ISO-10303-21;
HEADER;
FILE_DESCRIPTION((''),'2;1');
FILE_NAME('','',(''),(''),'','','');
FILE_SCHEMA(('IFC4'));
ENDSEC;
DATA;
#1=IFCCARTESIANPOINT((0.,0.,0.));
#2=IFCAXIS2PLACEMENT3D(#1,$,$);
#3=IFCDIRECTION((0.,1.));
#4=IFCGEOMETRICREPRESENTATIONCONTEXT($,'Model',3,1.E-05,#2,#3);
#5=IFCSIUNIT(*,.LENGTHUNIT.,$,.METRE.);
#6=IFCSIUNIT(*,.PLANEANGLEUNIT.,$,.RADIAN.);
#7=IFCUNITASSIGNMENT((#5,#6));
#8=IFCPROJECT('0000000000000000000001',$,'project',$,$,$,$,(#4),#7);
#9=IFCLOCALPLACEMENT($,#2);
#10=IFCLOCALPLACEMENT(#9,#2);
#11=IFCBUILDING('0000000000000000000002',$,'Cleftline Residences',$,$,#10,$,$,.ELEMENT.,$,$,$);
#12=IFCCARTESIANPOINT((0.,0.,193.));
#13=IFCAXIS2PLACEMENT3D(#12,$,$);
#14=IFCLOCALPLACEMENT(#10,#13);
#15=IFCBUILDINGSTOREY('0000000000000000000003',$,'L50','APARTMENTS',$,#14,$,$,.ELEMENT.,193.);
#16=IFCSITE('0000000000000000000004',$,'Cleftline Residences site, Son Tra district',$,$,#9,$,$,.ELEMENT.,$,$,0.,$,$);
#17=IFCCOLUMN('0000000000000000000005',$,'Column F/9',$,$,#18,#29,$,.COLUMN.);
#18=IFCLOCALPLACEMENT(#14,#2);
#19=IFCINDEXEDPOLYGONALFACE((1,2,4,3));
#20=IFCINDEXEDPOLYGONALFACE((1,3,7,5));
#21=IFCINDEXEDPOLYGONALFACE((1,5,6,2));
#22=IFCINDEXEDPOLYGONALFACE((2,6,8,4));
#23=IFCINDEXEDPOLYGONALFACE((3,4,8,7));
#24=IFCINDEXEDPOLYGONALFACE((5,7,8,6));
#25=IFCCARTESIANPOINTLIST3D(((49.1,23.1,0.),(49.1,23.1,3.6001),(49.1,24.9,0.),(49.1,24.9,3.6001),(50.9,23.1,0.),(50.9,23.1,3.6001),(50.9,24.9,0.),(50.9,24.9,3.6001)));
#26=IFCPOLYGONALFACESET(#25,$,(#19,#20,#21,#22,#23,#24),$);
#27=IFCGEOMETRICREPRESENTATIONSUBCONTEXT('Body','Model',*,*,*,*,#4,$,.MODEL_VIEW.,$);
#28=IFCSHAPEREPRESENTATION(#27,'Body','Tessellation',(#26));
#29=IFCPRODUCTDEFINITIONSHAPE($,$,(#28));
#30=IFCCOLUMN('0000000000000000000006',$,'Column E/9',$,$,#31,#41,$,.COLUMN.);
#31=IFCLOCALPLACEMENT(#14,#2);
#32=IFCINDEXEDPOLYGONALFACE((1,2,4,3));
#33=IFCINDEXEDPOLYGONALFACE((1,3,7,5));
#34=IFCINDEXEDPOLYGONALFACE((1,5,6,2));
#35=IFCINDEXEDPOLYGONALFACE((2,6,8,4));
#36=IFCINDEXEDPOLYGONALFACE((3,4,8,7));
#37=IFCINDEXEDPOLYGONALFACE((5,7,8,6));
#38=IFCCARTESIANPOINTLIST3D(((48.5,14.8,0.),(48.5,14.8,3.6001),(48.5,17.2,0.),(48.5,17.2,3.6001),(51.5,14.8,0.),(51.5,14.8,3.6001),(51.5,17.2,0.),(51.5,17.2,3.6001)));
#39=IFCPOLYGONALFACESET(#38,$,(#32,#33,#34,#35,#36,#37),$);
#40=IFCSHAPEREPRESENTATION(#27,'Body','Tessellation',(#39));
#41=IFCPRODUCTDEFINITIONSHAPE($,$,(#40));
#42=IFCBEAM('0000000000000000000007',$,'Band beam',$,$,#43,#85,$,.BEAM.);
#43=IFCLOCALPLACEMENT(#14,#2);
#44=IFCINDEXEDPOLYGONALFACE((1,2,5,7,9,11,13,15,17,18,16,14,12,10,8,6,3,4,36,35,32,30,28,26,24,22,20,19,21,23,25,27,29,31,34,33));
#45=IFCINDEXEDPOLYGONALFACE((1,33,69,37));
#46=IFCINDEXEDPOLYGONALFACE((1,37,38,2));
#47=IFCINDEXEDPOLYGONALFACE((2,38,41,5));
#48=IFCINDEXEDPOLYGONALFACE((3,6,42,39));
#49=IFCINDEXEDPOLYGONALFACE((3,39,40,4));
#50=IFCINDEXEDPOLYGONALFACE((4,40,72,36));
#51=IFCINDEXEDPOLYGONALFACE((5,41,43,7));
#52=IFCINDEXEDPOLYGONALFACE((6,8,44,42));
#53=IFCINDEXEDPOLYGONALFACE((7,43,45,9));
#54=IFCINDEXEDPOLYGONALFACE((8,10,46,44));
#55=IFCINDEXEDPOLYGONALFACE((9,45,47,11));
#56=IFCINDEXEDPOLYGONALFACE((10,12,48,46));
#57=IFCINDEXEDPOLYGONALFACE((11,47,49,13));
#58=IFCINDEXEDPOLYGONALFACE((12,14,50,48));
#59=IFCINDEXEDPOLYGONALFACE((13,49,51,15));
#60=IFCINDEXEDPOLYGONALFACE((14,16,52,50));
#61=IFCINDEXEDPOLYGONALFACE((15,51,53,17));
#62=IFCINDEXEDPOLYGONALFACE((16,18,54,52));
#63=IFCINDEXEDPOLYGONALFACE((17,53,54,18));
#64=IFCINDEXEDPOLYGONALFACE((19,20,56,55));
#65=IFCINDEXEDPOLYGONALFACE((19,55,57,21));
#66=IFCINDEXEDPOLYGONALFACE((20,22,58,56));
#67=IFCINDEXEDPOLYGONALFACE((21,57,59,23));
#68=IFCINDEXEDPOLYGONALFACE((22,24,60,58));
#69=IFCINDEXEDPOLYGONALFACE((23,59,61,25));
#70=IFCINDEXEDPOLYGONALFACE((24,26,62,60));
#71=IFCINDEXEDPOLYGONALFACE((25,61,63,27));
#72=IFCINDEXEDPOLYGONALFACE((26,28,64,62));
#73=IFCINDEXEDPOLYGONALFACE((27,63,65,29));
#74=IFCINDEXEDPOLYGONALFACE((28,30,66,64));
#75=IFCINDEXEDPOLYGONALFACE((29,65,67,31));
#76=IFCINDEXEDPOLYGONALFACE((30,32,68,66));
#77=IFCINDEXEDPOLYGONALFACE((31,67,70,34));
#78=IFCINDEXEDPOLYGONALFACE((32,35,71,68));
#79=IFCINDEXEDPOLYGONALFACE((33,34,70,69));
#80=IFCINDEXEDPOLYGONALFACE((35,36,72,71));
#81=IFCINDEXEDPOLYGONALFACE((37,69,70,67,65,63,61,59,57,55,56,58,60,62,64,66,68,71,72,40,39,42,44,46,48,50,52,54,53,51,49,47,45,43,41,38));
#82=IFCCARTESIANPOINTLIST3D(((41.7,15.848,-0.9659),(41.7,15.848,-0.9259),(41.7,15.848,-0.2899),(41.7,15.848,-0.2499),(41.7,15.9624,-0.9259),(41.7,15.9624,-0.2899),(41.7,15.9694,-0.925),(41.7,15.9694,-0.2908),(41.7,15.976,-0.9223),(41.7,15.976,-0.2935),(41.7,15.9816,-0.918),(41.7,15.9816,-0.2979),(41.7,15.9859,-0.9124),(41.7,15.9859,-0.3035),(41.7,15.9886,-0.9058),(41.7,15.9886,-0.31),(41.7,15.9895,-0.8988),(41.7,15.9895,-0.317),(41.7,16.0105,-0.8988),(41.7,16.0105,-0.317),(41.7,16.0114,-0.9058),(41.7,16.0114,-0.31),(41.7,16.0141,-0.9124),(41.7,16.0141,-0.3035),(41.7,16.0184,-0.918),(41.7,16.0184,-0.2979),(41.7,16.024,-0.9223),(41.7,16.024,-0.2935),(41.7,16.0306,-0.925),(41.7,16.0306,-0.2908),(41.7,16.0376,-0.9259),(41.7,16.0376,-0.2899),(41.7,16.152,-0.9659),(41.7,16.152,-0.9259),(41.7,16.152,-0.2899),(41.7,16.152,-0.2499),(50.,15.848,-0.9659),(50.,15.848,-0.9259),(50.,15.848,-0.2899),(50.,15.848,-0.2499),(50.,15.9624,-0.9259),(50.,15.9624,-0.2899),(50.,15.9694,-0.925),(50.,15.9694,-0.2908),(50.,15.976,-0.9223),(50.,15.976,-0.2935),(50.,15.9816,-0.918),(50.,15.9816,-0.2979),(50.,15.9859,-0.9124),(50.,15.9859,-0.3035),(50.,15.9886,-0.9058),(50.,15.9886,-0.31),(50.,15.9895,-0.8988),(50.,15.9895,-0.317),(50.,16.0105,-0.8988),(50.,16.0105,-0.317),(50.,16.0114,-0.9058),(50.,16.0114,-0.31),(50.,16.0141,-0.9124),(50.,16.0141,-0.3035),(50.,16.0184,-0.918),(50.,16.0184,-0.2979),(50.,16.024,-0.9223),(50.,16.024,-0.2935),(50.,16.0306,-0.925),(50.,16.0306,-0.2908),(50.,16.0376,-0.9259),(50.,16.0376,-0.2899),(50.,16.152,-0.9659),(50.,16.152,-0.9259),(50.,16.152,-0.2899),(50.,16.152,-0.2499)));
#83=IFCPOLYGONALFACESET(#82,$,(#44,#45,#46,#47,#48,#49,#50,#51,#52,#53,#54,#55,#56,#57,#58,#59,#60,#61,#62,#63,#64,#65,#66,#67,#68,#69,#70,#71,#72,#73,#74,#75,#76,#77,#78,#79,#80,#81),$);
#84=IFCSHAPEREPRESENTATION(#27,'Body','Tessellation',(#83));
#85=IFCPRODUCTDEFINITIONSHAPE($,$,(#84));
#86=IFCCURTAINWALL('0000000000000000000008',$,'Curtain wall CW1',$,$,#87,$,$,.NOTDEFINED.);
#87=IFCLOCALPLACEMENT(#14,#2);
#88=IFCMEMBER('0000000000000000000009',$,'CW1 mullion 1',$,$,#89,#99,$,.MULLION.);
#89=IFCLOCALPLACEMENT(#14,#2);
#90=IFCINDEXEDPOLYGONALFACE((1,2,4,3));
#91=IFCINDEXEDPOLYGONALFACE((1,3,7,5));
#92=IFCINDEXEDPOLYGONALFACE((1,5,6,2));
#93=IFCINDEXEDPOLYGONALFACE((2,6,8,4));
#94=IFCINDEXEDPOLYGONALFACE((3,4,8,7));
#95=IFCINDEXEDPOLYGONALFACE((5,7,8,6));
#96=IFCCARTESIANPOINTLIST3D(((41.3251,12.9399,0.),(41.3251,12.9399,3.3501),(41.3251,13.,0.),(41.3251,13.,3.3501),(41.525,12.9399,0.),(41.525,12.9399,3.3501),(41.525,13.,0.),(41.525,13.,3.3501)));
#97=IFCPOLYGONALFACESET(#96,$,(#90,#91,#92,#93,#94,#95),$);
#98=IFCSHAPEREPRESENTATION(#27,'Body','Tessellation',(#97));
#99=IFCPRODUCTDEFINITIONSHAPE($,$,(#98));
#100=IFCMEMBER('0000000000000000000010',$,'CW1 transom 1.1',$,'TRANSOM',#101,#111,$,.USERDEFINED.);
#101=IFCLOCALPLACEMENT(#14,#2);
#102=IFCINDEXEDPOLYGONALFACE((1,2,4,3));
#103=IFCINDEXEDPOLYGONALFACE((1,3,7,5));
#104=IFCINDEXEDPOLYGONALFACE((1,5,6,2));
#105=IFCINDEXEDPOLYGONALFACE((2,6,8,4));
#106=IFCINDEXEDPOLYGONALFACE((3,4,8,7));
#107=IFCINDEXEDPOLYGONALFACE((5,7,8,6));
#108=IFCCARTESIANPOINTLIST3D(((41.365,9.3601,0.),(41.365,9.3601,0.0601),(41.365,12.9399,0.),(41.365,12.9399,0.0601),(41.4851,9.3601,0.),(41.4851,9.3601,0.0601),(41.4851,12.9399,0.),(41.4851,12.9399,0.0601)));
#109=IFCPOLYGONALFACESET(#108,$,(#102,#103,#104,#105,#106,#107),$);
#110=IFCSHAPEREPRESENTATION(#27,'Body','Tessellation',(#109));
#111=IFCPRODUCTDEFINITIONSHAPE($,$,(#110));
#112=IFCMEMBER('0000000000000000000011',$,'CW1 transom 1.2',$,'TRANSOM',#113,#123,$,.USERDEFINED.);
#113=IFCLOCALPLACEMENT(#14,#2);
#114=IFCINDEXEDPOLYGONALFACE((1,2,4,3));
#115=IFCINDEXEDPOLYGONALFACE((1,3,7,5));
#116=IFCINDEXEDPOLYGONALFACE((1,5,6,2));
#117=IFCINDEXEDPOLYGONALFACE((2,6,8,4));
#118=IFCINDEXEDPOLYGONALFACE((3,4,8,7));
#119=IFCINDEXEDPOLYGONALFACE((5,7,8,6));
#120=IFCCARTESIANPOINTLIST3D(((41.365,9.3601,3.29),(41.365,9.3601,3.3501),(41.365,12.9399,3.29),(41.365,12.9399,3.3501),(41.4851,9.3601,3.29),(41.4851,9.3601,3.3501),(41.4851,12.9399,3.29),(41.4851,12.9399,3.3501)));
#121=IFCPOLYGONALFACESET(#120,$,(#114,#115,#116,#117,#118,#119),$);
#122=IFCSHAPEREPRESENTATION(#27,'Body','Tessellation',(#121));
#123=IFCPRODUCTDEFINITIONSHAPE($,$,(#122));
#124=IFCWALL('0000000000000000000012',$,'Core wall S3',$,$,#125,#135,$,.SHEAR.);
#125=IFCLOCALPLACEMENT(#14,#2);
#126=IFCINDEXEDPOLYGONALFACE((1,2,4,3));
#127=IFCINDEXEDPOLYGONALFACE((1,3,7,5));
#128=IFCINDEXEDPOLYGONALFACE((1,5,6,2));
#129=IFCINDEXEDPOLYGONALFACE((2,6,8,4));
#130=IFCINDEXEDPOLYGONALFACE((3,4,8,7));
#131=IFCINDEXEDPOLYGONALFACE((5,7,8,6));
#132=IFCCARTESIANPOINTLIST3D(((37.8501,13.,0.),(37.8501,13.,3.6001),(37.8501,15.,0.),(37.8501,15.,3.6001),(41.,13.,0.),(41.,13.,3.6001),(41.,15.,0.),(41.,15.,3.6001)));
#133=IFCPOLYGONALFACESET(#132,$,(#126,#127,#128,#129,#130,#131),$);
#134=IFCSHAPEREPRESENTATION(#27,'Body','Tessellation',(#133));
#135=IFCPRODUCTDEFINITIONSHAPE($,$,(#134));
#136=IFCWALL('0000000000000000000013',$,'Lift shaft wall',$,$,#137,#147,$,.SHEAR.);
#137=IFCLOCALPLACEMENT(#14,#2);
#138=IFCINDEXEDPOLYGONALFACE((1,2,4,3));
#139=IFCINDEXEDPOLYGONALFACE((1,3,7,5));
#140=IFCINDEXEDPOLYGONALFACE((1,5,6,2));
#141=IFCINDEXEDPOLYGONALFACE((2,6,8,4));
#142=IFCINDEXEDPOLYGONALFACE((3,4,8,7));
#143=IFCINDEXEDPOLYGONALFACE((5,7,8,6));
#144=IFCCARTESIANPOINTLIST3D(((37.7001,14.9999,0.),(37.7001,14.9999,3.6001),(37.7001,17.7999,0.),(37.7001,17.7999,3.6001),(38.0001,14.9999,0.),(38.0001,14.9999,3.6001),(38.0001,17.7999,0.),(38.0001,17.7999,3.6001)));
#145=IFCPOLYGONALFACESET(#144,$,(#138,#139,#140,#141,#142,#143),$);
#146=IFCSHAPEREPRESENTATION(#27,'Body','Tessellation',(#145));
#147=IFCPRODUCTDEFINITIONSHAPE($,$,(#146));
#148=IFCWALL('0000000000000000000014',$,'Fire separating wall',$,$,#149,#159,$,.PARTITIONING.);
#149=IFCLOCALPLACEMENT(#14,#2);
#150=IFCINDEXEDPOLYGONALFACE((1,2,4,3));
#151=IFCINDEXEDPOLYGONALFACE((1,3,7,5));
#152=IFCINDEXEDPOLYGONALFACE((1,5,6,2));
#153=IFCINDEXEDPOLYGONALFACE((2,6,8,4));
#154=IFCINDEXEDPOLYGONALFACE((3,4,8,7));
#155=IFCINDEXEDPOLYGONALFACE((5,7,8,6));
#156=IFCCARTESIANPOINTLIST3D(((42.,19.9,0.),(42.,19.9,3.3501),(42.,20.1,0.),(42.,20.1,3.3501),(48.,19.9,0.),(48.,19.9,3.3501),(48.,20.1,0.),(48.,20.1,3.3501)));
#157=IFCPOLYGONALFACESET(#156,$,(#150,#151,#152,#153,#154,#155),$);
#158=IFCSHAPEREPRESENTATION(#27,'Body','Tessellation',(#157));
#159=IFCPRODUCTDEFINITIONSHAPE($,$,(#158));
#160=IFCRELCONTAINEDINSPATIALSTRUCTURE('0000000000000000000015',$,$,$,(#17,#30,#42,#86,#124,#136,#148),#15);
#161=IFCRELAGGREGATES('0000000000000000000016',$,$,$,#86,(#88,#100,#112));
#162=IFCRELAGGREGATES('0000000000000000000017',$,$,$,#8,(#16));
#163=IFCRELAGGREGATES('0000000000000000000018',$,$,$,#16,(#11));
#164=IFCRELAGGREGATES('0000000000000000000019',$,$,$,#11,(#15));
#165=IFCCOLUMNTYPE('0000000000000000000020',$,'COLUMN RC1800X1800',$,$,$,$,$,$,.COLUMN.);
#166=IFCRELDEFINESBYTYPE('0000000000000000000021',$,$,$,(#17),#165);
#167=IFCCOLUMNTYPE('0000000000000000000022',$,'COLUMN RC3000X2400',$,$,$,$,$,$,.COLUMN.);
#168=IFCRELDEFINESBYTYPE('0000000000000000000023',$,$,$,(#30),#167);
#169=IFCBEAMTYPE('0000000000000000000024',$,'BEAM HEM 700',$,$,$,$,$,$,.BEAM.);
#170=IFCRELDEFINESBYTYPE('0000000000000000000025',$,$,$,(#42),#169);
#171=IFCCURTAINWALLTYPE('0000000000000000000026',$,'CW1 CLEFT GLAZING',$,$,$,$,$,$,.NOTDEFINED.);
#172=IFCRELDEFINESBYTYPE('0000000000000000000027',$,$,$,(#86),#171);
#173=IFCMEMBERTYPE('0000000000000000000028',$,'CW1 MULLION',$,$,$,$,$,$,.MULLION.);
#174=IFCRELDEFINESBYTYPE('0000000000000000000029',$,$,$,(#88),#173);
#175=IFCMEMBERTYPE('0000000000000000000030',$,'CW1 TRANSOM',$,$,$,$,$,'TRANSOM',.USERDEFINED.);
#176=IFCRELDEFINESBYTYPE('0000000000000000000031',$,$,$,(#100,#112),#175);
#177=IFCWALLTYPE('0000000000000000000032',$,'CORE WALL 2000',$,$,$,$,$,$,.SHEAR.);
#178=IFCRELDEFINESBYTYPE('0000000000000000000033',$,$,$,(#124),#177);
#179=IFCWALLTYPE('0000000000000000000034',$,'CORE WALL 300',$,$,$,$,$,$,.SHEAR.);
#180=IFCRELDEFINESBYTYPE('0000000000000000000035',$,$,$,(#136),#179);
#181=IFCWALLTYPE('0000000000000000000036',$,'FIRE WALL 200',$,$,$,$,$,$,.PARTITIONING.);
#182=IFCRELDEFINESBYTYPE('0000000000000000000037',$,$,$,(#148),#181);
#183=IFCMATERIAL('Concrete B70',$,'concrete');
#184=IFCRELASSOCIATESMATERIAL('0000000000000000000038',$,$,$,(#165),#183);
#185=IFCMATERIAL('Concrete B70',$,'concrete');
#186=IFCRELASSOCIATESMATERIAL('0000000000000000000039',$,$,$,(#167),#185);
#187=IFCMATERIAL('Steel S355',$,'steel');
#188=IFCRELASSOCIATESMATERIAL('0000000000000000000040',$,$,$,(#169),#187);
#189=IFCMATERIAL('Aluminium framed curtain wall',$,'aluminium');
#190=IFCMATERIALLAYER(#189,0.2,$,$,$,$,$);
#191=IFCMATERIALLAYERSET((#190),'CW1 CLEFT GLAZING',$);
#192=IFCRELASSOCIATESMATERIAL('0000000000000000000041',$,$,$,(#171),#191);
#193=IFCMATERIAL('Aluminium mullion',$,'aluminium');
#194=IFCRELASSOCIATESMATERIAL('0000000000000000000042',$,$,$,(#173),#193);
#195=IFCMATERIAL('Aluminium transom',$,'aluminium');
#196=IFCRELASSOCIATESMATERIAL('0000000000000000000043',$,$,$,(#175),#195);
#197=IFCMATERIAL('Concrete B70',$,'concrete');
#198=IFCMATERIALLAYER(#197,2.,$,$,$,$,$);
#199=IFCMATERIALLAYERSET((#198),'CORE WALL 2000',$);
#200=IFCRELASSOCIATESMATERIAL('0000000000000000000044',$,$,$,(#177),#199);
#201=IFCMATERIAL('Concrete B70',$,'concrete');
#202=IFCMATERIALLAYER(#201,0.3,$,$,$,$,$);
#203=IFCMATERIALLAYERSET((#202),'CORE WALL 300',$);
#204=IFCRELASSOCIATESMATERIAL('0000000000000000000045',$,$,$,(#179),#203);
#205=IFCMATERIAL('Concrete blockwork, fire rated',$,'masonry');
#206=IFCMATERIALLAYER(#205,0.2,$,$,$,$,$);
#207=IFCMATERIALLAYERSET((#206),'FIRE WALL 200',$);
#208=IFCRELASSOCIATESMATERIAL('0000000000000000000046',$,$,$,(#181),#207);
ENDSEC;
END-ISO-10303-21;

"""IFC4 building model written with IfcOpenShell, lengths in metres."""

from ifc_helpers import new_model, si_unit, direction, frame, frame_2d, origin, origin_2d, place, context, subcontext, project, spatial, rectangle, i_section, extrude, material, layer, layer_set, material_profile, profile_set, type_object, element, aggregate, save


model = new_model("IFC4")

# Units and contexts
model_context = context("Model", 3, precision=1e-05, world=origin(), true_north=direction((0.0, 1.0)))
body_context = subcontext(model_context, "Body", "Model", "MODEL_VIEW")
ifc_project = project(units=[si_unit("LENGTHUNIT", "METRE"), si_unit("PLANEANGLEUNIT", "RADIAN")], contexts=[model_context])

# Site, building, storey
site_placement = place(None, origin())
site = spatial("IfcSite", under=ifc_project, at=site_placement, Name="Cleftline Residences site, Son Tra district", CompositionType="ELEMENT", RefElevation=0.0)
building_placement = place(site_placement, origin())
building = spatial("IfcBuilding", under=site, at=building_placement, Name="Cleftline Residences", CompositionType="ELEMENT")
storey_placement = place(building_placement, frame((0.0, 0.0, 193.0)))
storey = spatial("IfcBuildingStorey", under=building, at=storey_placement, Name="L50", Description="APARTMENTS", CompositionType="ELEMENT", Elevation=193.0)

# Columns
ifc_material_1 = material(Name="Concrete B70", Category="concrete")
ifc_material_profile_1 = material_profile(ifc_material_1, rectangle(XDim=1.8, YDim=1.8, at=origin_2d()))
ifc_profile_set_1 = profile_set([ifc_material_profile_1], Name="Concrete B70")
column_type_1 = type_object("IfcColumnType", Name="COLUMN RC1800X1800", PredefinedType="COLUMN", material=ifc_profile_set_1)
column_1_placement = place(storey_placement, frame((50.0, 24.0, 0.0), z_axis=(0.0, 0.0, 1.0), x_axis=(1.0, 0.0, 0.0)))
element("IfcColumn", 1, at=column_1_placement, inside=storey, type_object=column_type_1, Name="Column F/9", PredefinedType="COLUMN", context=body_context, shape_type="SweptSolid", body=[
    extrude(rectangle(XDim=1.8, YDim=1.8, at=origin_2d()), origin(), (0.0, 0.0, 1.0), 3.6001),
])
ifc_material_2 = material(Name="Concrete B70", Category="concrete")
ifc_material_profile_2 = material_profile(ifc_material_2, rectangle(XDim=3.0, YDim=2.3999, at=origin_2d()))
ifc_profile_set_2 = profile_set([ifc_material_profile_2], Name="Concrete B70")
column_type_2 = type_object("IfcColumnType", Name="COLUMN RC3000X2400", PredefinedType="COLUMN", material=ifc_profile_set_2)
column_2_placement = place(storey_placement, frame((50.0, 16.0, 0.0), z_axis=(0.0, 0.0, 1.0), x_axis=(1.0, 0.0, 0.0)))
element("IfcColumn", 2, at=column_2_placement, inside=storey, type_object=column_type_2, Name="Column E/9", PredefinedType="COLUMN", context=body_context, shape_type="SweptSolid", body=[
    extrude(rectangle(XDim=3.0, YDim=2.3999, at=origin_2d()), origin(), (0.0, 0.0, 1.0), 3.6001),
])

# Beam
ifc_material_3 = material(Name="Steel S355", Category="steel")
ifc_material_profile_3 = material_profile(ifc_material_3, i_section(OverallWidth=0.304, OverallDepth=0.7161, WebThickness=0.021, FlangeThickness=0.04, FilletRadius=0.0271, at=origin_2d()))
ifc_profile_set_3 = profile_set([ifc_material_profile_3], Name="Steel S355")
beam_type = type_object("IfcBeamType", Name="BEAM HEM 700", PredefinedType="BEAM", material=ifc_profile_set_3)
beam_placement = place(storey_placement, frame((50.0, 16.0, -0.6079), z_axis=(-1.0, 0.0, 0.0), x_axis=(0.0, -1.0, 0.0)))
element("IfcBeam", 3, at=beam_placement, inside=storey, type_object=beam_type, Name="Band beam", PredefinedType="BEAM", context=body_context, shape_type="SweptSolid", body=[
    extrude(i_section(OverallWidth=0.304, OverallDepth=0.7161, WebThickness=0.021, FlangeThickness=0.04, FilletRadius=0.0271, at=origin_2d()), origin(), (0.0, 0.0, 1.0), 8.3),
])

# Curtain wall, members
ifc_material_4 = material(Name="Aluminium framed curtain wall", Category="aluminium")
ifc_layer_1 = layer(ifc_material_4, 0.2)
ifc_layer_set_1 = layer_set([ifc_layer_1], Name="CW1 CLEFT GLAZING")
curtain_wall_type = type_object("IfcCurtainWallType", Name="CW1 CLEFT GLAZING", PredefinedType="NOTDEFINED", material=ifc_layer_set_1)
curtain_wall_placement = place(storey_placement, origin())
curtain_wall = element("IfcCurtainWall", 4, at=curtain_wall_placement, inside=storey, type_object=curtain_wall_type, Name="Curtain wall CW1", PredefinedType="NOTDEFINED")
ifc_material_5 = material(Name="Aluminium mullion", Category="aluminium")
ifc_material_profile_4 = material_profile(ifc_material_5, rectangle(XDim=0.2, YDim=0.0601, at=origin_2d()))
ifc_profile_set_4 = profile_set([ifc_material_profile_4], Name="Aluminium mullion")
member_type_1 = type_object("IfcMemberType", Name="CW1 MULLION", PredefinedType="MULLION", material=ifc_profile_set_4)
member_1_placement = place(storey_placement, frame((41.425, 12.97, 0.0), z_axis=(0.0, 0.0, 1.0), x_axis=(1.0, 0.0, 0.0)))
member_1 = element("IfcMember", 5, at=member_1_placement, type_object=member_type_1, Name="CW1 mullion 1", PredefinedType="MULLION", context=body_context, shape_type="SweptSolid", body=[
    extrude(rectangle(XDim=0.2, YDim=0.0601, at=origin_2d()), origin(), (0.0, 0.0, 1.0), 3.3501),
])
ifc_material_6 = material(Name="Aluminium transom", Category="aluminium")
ifc_material_profile_5 = material_profile(ifc_material_6, rectangle(XDim=0.1201, YDim=0.0601, at=origin_2d()))
ifc_profile_set_5 = profile_set([ifc_material_profile_5], Name="Aluminium transom")
member_type_2 = type_object("IfcMemberType", Name="CW1 TRANSOM", ElementType="TRANSOM", PredefinedType="USERDEFINED", material=ifc_profile_set_5)
member_2_placement = place(storey_placement, frame((41.425, 12.9399, 0.03), z_axis=(0.0, -1.0, 0.0), x_axis=(1.0, 0.0, 0.0)))
member_2 = element("IfcMember", 6, at=member_2_placement, type_object=member_type_2, Name="CW1 transom 1.1", ObjectType="TRANSOM", PredefinedType="USERDEFINED", context=body_context, shape_type="SweptSolid", body=[
    extrude(rectangle(XDim=0.1201, YDim=0.0601, at=origin_2d()), origin(), (0.0, 0.0, 1.0), 3.5798),
])
member_3_placement = place(storey_placement, frame((41.425, 12.9399, 3.3201), z_axis=(0.0, -1.0, 0.0), x_axis=(1.0, 0.0, 0.0)))
member_3 = element("IfcMember", 7, at=member_3_placement, type_object=member_type_2, Name="CW1 transom 1.2", ObjectType="TRANSOM", PredefinedType="USERDEFINED", context=body_context, shape_type="SweptSolid", body=[
    extrude(rectangle(XDim=0.1201, YDim=0.0601, at=origin_2d()), origin(), (0.0, 0.0, 1.0), 3.5798),
])
aggregate(curtain_wall, [member_1, member_2, member_3])

# Walls
ifc_material_7 = material(Name="Concrete B70", Category="concrete")
ifc_layer_2 = layer(ifc_material_7, 2.0)
ifc_layer_set_2 = layer_set([ifc_layer_2], Name="CORE WALL 2000")
wall_type_1 = type_object("IfcWallType", Name="CORE WALL 2000", PredefinedType="SHEAR", material=ifc_layer_set_2)
wall_1_placement = place(storey_placement, frame((37.8501, 14.0, 0.0), z_axis=(0.0, 0.0, 1.0), x_axis=(1.0, 0.0, 0.0)))
element("IfcWall", 8, at=wall_1_placement, inside=storey, type_object=wall_type_1, Name="Core wall S3", PredefinedType="SHEAR", context=body_context, shape_type="SweptSolid", body=[
    extrude(rectangle(XDim=3.1499, YDim=2.0, at=frame_2d((1.575, 0.0))), origin(), (0.0, 0.0, 1.0), 3.6001),
])
ifc_material_8 = material(Name="Concrete B70", Category="concrete")
ifc_layer_3 = layer(ifc_material_8, 0.3)
ifc_layer_set_3 = layer_set([ifc_layer_3], Name="CORE WALL 300")
wall_type_2 = type_object("IfcWallType", Name="CORE WALL 300", PredefinedType="SHEAR", material=ifc_layer_set_3)
wall_2_placement = place(storey_placement, frame((37.8501, 15.0, 0.0), z_axis=(0.0, 0.0, 1.0), x_axis=(0.0, 1.0, 0.0)))
element("IfcWall", 9, at=wall_2_placement, inside=storey, type_object=wall_type_2, Name="Lift shaft wall", PredefinedType="SHEAR", context=body_context, shape_type="SweptSolid", body=[
    extrude(rectangle(XDim=2.8, YDim=0.3, at=frame_2d((1.3999, 0.0))), origin(), (0.0, 0.0, 1.0), 3.6001),
])
ifc_material_9 = material(Name="Concrete blockwork, fire rated", Category="masonry")
ifc_layer_4 = layer(ifc_material_9, 0.2)
ifc_layer_set_4 = layer_set([ifc_layer_4], Name="FIRE WALL 200")
wall_type_3 = type_object("IfcWallType", Name="FIRE WALL 200", PredefinedType="PARTITIONING", material=ifc_layer_set_4)
wall_3_placement = place(storey_placement, frame((42.0, 20.0, 0.0), z_axis=(0.0, 0.0, 1.0), x_axis=(1.0, 0.0, 0.0)))
element("IfcWall", 10, at=wall_3_placement, inside=storey, type_object=wall_type_3, Name="Fire separating wall", PredefinedType="PARTITIONING", context=body_context, shape_type="SweptSolid", body=[
    extrude(rectangle(XDim=6.0, YDim=0.2, at=frame_2d((3.0, 0.0))), origin(), (0.0, 0.0, 1.0), 3.3501),
])

save(model, "model.ifc")
